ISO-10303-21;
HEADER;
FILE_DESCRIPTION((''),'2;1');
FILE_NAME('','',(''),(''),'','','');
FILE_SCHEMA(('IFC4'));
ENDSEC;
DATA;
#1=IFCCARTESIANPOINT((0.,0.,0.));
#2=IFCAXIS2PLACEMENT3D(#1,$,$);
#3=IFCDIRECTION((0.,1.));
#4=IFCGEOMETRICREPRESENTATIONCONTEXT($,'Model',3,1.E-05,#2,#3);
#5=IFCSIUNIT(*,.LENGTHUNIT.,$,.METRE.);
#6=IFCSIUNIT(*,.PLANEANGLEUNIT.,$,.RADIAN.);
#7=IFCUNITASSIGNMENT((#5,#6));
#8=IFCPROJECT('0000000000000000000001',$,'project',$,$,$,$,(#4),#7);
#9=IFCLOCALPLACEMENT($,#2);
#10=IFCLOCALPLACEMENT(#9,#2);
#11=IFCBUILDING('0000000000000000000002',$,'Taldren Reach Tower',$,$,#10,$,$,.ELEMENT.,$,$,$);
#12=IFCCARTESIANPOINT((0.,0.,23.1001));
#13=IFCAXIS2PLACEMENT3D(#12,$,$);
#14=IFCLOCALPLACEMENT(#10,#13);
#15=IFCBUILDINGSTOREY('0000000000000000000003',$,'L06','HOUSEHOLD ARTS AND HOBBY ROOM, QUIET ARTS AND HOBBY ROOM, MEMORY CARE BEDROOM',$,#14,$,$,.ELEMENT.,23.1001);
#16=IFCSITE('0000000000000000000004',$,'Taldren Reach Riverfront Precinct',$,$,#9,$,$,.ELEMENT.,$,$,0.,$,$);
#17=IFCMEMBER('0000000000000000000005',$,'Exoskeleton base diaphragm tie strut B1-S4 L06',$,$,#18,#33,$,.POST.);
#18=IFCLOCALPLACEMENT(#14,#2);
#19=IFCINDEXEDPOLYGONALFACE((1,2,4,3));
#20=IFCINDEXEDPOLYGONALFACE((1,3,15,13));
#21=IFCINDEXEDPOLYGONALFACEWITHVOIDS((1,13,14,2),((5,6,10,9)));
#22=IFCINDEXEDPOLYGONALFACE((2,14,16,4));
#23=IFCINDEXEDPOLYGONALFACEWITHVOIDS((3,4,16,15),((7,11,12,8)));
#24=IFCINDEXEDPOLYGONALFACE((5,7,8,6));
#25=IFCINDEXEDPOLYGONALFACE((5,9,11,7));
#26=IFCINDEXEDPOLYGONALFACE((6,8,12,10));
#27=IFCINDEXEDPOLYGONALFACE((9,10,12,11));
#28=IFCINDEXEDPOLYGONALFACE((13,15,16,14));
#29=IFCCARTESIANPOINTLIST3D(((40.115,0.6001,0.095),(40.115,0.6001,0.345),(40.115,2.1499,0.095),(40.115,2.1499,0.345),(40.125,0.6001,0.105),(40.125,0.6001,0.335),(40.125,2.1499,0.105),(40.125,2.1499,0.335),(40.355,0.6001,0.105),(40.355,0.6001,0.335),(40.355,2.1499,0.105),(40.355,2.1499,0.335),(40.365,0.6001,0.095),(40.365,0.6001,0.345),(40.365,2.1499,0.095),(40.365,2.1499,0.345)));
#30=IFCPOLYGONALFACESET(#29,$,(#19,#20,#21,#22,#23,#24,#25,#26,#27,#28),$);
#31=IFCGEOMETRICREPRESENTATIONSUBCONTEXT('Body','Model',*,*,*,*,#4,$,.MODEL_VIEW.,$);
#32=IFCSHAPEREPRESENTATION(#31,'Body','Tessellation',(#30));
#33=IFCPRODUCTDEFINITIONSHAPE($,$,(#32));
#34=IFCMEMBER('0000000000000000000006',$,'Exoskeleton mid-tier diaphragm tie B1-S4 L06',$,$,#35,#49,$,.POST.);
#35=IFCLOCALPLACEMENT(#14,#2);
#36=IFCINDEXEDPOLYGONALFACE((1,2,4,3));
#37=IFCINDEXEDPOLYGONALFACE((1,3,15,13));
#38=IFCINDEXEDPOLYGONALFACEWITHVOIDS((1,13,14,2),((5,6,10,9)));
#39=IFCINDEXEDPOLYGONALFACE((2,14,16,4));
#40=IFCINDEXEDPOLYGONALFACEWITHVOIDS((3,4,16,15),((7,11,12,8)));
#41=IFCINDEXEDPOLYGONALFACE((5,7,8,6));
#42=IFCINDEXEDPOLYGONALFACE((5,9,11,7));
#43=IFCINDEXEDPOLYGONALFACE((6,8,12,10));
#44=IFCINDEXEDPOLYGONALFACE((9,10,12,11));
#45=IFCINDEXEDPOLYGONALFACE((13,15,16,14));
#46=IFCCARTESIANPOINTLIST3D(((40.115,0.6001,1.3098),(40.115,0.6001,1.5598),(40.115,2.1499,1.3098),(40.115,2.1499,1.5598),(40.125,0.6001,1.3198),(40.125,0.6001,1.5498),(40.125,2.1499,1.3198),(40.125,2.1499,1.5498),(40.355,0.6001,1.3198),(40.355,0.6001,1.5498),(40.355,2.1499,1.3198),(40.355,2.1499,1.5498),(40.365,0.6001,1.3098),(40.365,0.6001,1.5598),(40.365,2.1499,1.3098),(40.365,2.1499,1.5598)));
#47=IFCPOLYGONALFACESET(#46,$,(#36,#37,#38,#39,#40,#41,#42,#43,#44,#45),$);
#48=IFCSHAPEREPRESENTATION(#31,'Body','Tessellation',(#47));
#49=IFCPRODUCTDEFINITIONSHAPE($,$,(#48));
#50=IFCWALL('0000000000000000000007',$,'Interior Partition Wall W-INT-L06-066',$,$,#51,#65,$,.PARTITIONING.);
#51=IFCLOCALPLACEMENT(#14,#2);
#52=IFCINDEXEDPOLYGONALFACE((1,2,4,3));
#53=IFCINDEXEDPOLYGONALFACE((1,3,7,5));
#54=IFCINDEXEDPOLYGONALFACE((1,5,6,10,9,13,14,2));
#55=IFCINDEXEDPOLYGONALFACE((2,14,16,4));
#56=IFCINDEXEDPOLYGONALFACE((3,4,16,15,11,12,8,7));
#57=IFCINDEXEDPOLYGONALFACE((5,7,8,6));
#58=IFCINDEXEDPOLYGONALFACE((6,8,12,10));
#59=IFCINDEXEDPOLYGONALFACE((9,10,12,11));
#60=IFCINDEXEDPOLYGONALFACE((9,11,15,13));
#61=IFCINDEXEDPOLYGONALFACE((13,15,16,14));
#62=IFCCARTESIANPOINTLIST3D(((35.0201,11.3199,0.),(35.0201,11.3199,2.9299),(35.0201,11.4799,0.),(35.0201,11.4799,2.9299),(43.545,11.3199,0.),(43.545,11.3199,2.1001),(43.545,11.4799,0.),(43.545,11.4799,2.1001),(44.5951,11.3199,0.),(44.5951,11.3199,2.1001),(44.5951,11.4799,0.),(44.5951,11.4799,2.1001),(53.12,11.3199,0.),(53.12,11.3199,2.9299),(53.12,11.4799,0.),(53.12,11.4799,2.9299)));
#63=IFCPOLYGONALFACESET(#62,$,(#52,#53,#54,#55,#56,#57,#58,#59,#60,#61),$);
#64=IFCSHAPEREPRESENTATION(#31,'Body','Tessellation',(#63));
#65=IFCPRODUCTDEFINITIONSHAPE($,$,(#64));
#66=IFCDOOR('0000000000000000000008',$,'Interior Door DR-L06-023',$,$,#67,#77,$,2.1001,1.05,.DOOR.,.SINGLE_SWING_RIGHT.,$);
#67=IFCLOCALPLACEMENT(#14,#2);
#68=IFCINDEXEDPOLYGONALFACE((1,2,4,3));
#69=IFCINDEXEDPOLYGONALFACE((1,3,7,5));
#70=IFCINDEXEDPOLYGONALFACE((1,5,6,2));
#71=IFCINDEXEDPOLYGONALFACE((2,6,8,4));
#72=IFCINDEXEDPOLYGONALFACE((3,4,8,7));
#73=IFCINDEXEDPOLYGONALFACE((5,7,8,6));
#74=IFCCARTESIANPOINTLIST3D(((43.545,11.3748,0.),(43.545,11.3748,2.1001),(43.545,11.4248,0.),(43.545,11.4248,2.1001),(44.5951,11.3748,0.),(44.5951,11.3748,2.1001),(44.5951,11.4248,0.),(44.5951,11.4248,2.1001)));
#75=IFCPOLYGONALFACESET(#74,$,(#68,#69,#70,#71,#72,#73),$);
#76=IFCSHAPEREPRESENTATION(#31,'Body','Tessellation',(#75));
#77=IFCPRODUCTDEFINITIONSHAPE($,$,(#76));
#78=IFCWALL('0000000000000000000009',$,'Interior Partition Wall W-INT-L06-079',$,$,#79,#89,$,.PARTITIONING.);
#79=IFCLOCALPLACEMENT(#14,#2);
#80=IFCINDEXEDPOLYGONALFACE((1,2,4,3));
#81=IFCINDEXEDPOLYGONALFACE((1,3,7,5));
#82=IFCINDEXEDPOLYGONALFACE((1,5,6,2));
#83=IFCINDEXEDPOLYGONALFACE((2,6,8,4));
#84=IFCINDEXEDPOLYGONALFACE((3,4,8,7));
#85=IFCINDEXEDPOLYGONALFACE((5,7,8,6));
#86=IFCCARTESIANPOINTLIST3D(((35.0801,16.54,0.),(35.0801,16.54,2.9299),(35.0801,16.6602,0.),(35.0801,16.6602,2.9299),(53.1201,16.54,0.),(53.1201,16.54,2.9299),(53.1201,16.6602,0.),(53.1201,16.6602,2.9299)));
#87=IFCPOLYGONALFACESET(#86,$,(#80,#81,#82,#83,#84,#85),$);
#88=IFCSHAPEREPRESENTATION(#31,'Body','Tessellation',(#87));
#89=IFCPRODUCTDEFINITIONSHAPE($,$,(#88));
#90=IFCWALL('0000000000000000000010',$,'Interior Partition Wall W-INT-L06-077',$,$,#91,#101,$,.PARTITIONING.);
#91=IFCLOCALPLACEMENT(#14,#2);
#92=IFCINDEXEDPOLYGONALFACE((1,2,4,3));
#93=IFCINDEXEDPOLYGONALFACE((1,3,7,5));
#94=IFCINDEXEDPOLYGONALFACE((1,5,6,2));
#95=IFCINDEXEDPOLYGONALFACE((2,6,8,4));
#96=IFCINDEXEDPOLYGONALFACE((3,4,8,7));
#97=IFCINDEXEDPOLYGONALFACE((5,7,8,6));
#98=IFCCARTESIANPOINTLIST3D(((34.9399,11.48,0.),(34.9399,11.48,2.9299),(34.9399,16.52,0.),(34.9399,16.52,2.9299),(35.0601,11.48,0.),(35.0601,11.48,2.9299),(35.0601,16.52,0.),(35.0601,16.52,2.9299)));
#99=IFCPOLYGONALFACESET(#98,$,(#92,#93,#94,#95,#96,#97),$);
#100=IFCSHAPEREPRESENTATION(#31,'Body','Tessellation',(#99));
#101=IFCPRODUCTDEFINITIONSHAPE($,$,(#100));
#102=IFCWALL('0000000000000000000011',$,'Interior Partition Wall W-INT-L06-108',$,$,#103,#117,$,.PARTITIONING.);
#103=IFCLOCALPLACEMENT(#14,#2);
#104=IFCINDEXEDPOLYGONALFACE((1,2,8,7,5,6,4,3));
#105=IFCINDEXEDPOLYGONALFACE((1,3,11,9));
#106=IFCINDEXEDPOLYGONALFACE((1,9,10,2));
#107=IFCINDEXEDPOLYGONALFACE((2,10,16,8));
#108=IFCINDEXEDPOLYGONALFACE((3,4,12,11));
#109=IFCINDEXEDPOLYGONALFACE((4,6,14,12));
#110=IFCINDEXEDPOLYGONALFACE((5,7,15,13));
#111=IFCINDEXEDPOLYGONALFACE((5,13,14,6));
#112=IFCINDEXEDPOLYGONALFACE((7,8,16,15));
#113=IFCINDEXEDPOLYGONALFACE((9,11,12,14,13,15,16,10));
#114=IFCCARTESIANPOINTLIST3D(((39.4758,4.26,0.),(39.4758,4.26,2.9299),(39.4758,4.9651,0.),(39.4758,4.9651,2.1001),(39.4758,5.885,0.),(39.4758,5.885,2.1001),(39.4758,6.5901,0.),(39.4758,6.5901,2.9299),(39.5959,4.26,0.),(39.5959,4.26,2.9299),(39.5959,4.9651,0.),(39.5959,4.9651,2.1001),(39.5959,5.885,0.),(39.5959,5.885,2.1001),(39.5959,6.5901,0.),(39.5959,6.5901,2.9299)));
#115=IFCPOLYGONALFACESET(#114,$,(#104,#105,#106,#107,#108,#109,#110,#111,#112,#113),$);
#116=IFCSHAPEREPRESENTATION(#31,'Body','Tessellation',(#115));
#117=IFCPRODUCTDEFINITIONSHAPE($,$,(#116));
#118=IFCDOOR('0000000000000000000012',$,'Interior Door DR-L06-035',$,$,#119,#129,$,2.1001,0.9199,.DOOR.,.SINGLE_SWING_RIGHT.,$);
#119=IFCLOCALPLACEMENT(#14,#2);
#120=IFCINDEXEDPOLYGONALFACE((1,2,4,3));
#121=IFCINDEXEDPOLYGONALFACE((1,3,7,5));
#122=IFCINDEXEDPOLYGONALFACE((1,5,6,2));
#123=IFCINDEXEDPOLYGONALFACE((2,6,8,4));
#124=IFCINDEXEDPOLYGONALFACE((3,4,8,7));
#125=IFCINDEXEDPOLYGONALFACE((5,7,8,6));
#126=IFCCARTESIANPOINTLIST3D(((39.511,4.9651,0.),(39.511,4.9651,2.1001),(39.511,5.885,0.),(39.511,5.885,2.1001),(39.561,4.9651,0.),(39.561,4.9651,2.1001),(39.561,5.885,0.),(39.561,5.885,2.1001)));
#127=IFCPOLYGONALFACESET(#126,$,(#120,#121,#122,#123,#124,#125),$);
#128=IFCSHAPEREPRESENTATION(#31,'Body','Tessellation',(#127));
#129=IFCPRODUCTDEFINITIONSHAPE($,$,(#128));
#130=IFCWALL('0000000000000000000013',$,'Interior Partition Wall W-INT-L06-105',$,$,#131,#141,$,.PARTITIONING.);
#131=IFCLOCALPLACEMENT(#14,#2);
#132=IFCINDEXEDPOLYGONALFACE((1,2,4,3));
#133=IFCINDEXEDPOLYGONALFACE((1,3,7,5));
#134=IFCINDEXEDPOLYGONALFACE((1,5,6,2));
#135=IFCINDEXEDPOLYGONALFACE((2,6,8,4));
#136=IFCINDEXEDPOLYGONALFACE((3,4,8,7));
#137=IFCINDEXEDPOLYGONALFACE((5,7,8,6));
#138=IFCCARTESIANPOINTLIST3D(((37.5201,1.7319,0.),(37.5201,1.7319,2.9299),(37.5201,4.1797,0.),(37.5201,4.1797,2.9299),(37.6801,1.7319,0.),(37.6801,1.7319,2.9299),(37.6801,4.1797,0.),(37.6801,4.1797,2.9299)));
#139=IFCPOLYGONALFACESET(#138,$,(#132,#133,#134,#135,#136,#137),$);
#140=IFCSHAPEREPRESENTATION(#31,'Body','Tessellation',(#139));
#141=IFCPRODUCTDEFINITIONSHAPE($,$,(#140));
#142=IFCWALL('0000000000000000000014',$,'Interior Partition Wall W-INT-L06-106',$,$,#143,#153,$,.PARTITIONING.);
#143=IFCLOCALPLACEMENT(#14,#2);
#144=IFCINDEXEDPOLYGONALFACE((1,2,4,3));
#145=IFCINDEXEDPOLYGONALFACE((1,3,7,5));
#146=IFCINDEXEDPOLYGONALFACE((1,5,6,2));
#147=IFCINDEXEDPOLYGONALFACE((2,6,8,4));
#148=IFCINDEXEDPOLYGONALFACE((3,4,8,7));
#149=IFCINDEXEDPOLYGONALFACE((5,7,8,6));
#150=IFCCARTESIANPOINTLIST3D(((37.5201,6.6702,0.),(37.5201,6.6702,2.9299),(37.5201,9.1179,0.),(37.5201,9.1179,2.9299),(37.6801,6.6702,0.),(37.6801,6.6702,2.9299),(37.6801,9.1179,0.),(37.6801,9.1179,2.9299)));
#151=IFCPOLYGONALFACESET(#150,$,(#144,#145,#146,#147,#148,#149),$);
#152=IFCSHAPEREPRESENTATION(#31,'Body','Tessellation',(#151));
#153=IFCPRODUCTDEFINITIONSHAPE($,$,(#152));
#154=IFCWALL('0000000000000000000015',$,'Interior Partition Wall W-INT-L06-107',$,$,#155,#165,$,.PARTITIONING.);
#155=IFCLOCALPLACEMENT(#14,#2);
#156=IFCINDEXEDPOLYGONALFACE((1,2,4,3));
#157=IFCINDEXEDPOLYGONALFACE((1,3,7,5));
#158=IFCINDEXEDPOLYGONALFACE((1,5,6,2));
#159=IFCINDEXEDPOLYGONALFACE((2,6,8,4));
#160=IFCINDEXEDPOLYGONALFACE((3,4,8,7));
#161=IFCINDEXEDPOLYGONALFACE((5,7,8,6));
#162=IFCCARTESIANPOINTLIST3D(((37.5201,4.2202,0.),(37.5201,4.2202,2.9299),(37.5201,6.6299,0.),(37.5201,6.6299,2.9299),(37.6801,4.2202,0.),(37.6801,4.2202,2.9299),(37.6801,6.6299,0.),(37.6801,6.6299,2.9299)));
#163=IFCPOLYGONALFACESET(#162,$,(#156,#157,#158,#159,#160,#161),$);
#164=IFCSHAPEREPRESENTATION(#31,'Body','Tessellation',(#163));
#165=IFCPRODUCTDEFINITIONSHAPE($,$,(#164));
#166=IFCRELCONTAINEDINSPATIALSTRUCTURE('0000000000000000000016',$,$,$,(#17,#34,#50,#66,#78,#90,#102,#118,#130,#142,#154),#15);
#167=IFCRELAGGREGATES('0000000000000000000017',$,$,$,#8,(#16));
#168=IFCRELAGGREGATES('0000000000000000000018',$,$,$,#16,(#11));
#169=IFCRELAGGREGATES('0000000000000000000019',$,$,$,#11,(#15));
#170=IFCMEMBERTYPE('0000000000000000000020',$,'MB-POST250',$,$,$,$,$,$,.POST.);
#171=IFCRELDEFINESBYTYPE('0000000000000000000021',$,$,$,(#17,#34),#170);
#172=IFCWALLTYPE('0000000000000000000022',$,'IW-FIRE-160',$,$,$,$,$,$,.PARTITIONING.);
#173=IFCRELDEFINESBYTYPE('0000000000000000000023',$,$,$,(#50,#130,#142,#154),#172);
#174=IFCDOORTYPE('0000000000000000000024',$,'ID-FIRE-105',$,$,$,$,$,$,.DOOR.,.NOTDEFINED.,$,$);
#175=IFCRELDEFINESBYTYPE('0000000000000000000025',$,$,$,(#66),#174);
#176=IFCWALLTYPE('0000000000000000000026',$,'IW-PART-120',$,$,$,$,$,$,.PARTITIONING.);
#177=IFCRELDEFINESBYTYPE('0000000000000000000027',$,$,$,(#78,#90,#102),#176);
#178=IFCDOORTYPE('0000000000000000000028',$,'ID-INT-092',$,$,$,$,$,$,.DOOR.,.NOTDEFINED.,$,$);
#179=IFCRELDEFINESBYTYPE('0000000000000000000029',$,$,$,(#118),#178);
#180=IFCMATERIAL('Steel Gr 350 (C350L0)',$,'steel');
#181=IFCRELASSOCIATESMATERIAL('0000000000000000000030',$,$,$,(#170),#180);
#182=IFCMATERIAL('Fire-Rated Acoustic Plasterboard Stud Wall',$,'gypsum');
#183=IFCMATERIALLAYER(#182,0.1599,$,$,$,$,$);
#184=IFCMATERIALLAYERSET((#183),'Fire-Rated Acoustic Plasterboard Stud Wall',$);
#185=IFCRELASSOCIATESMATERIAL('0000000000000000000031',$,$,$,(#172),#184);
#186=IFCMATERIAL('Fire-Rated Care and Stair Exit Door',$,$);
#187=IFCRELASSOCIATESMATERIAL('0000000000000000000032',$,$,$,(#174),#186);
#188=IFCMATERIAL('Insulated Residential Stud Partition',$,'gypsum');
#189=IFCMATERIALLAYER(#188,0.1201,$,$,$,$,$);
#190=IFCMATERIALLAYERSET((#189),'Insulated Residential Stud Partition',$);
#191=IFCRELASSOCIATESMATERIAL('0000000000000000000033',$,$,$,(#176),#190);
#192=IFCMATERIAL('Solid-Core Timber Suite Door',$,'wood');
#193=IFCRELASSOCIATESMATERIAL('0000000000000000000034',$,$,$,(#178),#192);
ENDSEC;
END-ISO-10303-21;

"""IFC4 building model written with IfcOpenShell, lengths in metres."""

from ifc_helpers import new_model, si_unit, direction, frame, frame_2d, origin, origin_2d, place, context, subcontext, project, spatial, rectangle, hollow_rectangle, extrude, source, transform, mapped, material, layer, layer_set, material_profile, profile_set, type_object, element, fill, save


model = new_model("IFC4")

# Units and contexts
model_context = context("Model", 3, precision=1e-05, world=origin(), true_north=direction((0.0, 1.0)))
body_context = subcontext(model_context, "Body", "Model", "MODEL_VIEW")
ifc_project = project(units=[si_unit("LENGTHUNIT", "METRE"), si_unit("PLANEANGLEUNIT", "RADIAN")], contexts=[model_context])

# Site, building, storey
site_placement = place(None, origin())
site = spatial("IfcSite", under=ifc_project, at=site_placement, Name="Taldren Reach Riverfront Precinct", CompositionType="ELEMENT", RefElevation=0.0)
building_placement = place(site_placement, origin())
building = spatial("IfcBuilding", under=site, at=building_placement, Name="Taldren Reach Tower", CompositionType="ELEMENT")
storey_placement = place(building_placement, frame((0.0, 0.0, 23.1001)))
storey = spatial("IfcBuildingStorey", under=building, at=storey_placement, Name="L06", Description="HOUSEHOLD ARTS AND HOBBY ROOM, QUIET ARTS AND HOBBY ROOM, MEMORY CARE BEDROOM", CompositionType="ELEMENT", Elevation=23.1001)

# Members
ifc_material_1 = material(Name="Steel Gr 350 (C350L0)", Category="steel")
ifc_material_profile_1 = material_profile(ifc_material_1, hollow_rectangle(XDim=0.25, YDim=0.25, WallThickness=0.01, at=origin_2d()), Name="250x250x10.0SHS")
ifc_profile_set_1 = profile_set([ifc_material_profile_1], Name="Steel Gr 350 (C350L0)")
member_type_1 = type_object("IfcMemberType", Name="MB-POST250", PredefinedType="POST", material=ifc_profile_set_1)
shared_shape_1 = source(origin(), body_context, "Body", "SweptSolid", [
    extrude(hollow_rectangle(XDim=0.25, YDim=0.25, WallThickness=0.01, at=origin_2d()), origin(), (0.0, 0.0, 1.0), 1.5498),
])
for number, where, z_axis, x_axis, name in (
    (1, (40.24, 2.1499, 0.22), (0.0, -1.0, 0.0), (1.0, 0.0, 0.0), "Exoskeleton base diaphragm tie strut B1-S4 L06"),
    (2, (40.24, 2.1499, 1.4348), (0.0, -1.0, 0.0), (1.0, 0.0, 0.0), "Exoskeleton mid-tier diaphragm tie B1-S4 L06"),
):
    element("IfcMember", number, at=place(storey_placement, frame(where, z_axis=z_axis, x_axis=x_axis)), inside=storey, type_object=member_type_1, Name=name, PredefinedType="POST", context=body_context, shape_type="MappedRepresentation", body=[
        mapped(shared_shape_1, transform((0.0, 0.0, 0.0), scale=1.0)),
    ])

# Wall, opening, door
ifc_material_2 = material(Name="Fire-Rated Acoustic Plasterboard Stud Wall", Category="gypsum")
ifc_layer_1 = layer(ifc_material_2, 0.1599)
ifc_layer_set_1 = layer_set([ifc_layer_1], Name="Fire-Rated Acoustic Plasterboard Stud Wall")
wall_type_1 = type_object("IfcWallType", Name="IW-FIRE-160", PredefinedType="PARTITIONING", material=ifc_layer_set_1)
shared_shape_2 = source(origin(), body_context, "Body", "SweptSolid", [
    extrude(rectangle(XDim=18.0999, YDim=0.1599, at=frame_2d((9.0498, 0.0))), origin(), (0.0, 0.0, 1.0), 2.9299),
])
wall_1_placement = place(storey_placement, frame((35.0203, 11.3999, 0.0), z_axis=(0.0, 0.0, 1.0), x_axis=(1.0, 0.0, 0.0)))
wall_1 = element("IfcWall", 3, at=wall_1_placement, inside=storey, type_object=wall_type_1, Name="Interior Partition Wall W-INT-L06-066", PredefinedType="PARTITIONING", context=body_context, shape_type="MappedRepresentation", body=[
    mapped(shared_shape_2, transform((0.0, 0.0, 0.0), scale=1.0)),
])
shared_shape_3 = source(origin(), body_context, "Body", "SweptSolid", [
    extrude(rectangle(XDim=1.05, YDim=2.1001, at=frame_2d((0.5249, 1.05))), frame((0.0, 0.0898, 0.0), z_axis=(0.0, -1.0, 0.0), x_axis=(1.0, 0.0, 0.0)), (0.0, 0.0, 1.0), 0.1799),
])
opening_1_placement = place(wall_1_placement, frame((8.5249, 0.0, 0.0)))
opening_1 = element("IfcOpeningElement", 4, at=opening_1_placement, cuts=wall_1, PredefinedType="OPENING", context=body_context, shape_type="MappedRepresentation", body=[
    mapped(shared_shape_3, transform((0.0, 0.0, 0.0), scale=1.0)),
])
ifc_material_3 = material(Name="Fire-Rated Care and Stair Exit Door")
door_type_1 = type_object("IfcDoorType", Name="ID-FIRE-105", OperationType="NOTDEFINED", PredefinedType="DOOR", material=ifc_material_3)
shared_shape_4 = source(origin(), body_context, "Body", "SweptSolid", [
    extrude(rectangle(XDim=1.05, YDim=2.1001, at=frame_2d((0.5249, 1.05))), frame((0.0, 0.0249, 0.0), z_axis=(0.0, -1.0, 0.0), x_axis=(1.0, 0.0, 0.0)), (0.0, 0.0, 1.0), 0.05),
])
door_1_placement = place(opening_1_placement, origin())
door_1 = element("IfcDoor", 5, at=door_1_placement, inside=storey, type_object=door_type_1, Name="Interior Door DR-L06-023", OperationType="SINGLE_SWING_RIGHT", OverallHeight=2.1001, OverallWidth=1.05, PredefinedType="DOOR", context=body_context, shape_type="MappedRepresentation", body=[
    mapped(shared_shape_4, transform((0.0, 0.0, 0.0), scale=1.0)),
])
fill(opening_1, door_1)

# Walls
ifc_material_4 = material(Name="Insulated Residential Stud Partition", Category="gypsum")
ifc_layer_2 = layer(ifc_material_4, 0.1201)
ifc_layer_set_2 = layer_set([ifc_layer_2], Name="Insulated Residential Stud Partition")
wall_type_2 = type_object("IfcWallType", Name="IW-PART-120", PredefinedType="PARTITIONING", material=ifc_layer_set_2)
shared_shape_5 = source(origin(), body_context, "Body", "SweptSolid", [
    extrude(rectangle(XDim=18.04, YDim=0.1201, at=frame_2d((9.02, 0.0))), origin(), (0.0, 0.0, 1.0), 2.9299),
])
wall_2_placement = place(storey_placement, frame((35.0801, 16.6001, 0.0), z_axis=(0.0, 0.0, 1.0), x_axis=(1.0, 0.0, 0.0)))
element("IfcWall", 6, at=wall_2_placement, inside=storey, type_object=wall_type_2, Name="Interior Partition Wall W-INT-L06-079", PredefinedType="PARTITIONING", context=body_context, shape_type="MappedRepresentation", body=[
    mapped(shared_shape_5, transform((0.0, 0.0, 0.0), scale=1.0)),
])
shared_shape_6 = source(origin(), body_context, "Body", "SweptSolid", [
    extrude(rectangle(XDim=5.04, YDim=0.1201, at=frame_2d((2.52, 0.0))), origin(), (0.0, 0.0, 1.0), 2.9299),
])
wall_3_placement = place(storey_placement, frame((35.0, 16.52, 0.0), z_axis=(0.0, 0.0, 1.0), x_axis=(0.0, -1.0, 0.0)))
element("IfcWall", 7, at=wall_3_placement, inside=storey, type_object=wall_type_2, Name="Interior Partition Wall W-INT-L06-077", PredefinedType="PARTITIONING", context=body_context, shape_type="MappedRepresentation", body=[
    mapped(shared_shape_6, transform((0.0, 0.0, 0.0), scale=1.0)),
])

# Wall, opening, door
shared_shape_7 = source(origin(), body_context, "Body", "SweptSolid", [
    extrude(rectangle(XDim=2.3301, YDim=0.1201, at=frame_2d((1.165, 0.0))), origin(), (0.0, 0.0, 1.0), 2.9299),
])
wall_4_placement = place(storey_placement, frame((39.5359, 4.26, 0.0), z_axis=(0.0, 0.0, 1.0), x_axis=(0.0, 1.0, 0.0)))
wall_4 = element("IfcWall", 8, at=wall_4_placement, inside=storey, type_object=wall_type_2, Name="Interior Partition Wall W-INT-L06-108", PredefinedType="PARTITIONING", context=body_context, shape_type="MappedRepresentation", body=[
    mapped(shared_shape_7, transform((0.0, 0.0, 0.0), scale=1.0)),
])
shared_shape_8 = source(origin(), body_context, "Body", "SweptSolid", [
    extrude(rectangle(XDim=0.9199, YDim=2.1001, at=frame_2d((0.46, 1.05))), frame((0.0, 0.0701, 0.0), z_axis=(0.0, -1.0, 0.0), x_axis=(1.0, 0.0, 0.0)), (0.0, 0.0, 1.0), 0.1401),
])
opening_2_placement = place(wall_4_placement, frame((0.7051, 0.0, 0.0)))
opening_2 = element("IfcOpeningElement", 9, at=opening_2_placement, cuts=wall_4, PredefinedType="OPENING", context=body_context, shape_type="MappedRepresentation", body=[
    mapped(shared_shape_8, transform((0.0, 0.0, 0.0), scale=1.0)),
])
ifc_material_5 = material(Name="Solid-Core Timber Suite Door", Category="wood")
door_type_2 = type_object("IfcDoorType", Name="ID-INT-092", OperationType="NOTDEFINED", PredefinedType="DOOR", material=ifc_material_5)
shared_shape_9 = source(origin(), body_context, "Body", "SweptSolid", [
    extrude(rectangle(XDim=0.9199, YDim=2.1001, at=frame_2d((0.46, 1.05))), frame((0.0, 0.0249, 0.0), z_axis=(0.0, -1.0, 0.0), x_axis=(1.0, 0.0, 0.0)), (0.0, 0.0, 1.0), 0.05),
])
door_2_placement = place(opening_2_placement, origin())
door_2 = element("IfcDoor", 10, at=door_2_placement, inside=storey, type_object=door_type_2, Name="Interior Door DR-L06-035", OperationType="SINGLE_SWING_RIGHT", OverallHeight=2.1001, OverallWidth=0.9199, PredefinedType="DOOR", context=body_context, shape_type="MappedRepresentation", body=[
    mapped(shared_shape_9, transform((0.0, 0.0, 0.0), scale=1.0)),
])
fill(opening_2, door_2)

# Walls
shared_shape_10 = source(origin(), body_context, "Body", "SweptSolid", [
    extrude(rectangle(XDim=2.4478, YDim=0.1599, at=frame_2d((1.2239, 0.0))), origin(), (0.0, 0.0, 1.0), 2.9299),
])
for number, where, z_axis, x_axis, name in (
    (11, (37.6001, 4.1797, 0.0), (0.0, 0.0, 1.0), (0.0, -1.0, 0.0), "Interior Partition Wall W-INT-L06-105"),
    (12, (37.6001, 9.1179, 0.0), (0.0, 0.0, 1.0), (0.0, -1.0, 0.0), "Interior Partition Wall W-INT-L06-106"),
):
    element("IfcWall", number, at=place(storey_placement, frame(where, z_axis=z_axis, x_axis=x_axis)), inside=storey, type_object=wall_type_1, Name=name, PredefinedType="PARTITIONING", context=body_context, shape_type="MappedRepresentation", body=[
        mapped(shared_shape_10, transform((0.0, 0.0, 0.0), scale=1.0)),
    ])
shared_shape_11 = source(origin(), body_context, "Body", "SweptSolid", [
    extrude(rectangle(XDim=2.4097, YDim=0.1599, at=frame_2d((1.2048, 0.0))), origin(), (0.0, 0.0, 1.0), 2.9299),
])
wall_5_placement = place(storey_placement, frame((37.6001, 6.6299, 0.0), z_axis=(0.0, 0.0, 1.0), x_axis=(0.0, -1.0, 0.0)))
element("IfcWall", 13, at=wall_5_placement, inside=storey, type_object=wall_type_1, Name="Interior Partition Wall W-INT-L06-107", PredefinedType="PARTITIONING", context=body_context, shape_type="MappedRepresentation", body=[
    mapped(shared_shape_11, transform((0.0, 0.0, 0.0), scale=1.0)),
])

save(model, "model.ifc")
